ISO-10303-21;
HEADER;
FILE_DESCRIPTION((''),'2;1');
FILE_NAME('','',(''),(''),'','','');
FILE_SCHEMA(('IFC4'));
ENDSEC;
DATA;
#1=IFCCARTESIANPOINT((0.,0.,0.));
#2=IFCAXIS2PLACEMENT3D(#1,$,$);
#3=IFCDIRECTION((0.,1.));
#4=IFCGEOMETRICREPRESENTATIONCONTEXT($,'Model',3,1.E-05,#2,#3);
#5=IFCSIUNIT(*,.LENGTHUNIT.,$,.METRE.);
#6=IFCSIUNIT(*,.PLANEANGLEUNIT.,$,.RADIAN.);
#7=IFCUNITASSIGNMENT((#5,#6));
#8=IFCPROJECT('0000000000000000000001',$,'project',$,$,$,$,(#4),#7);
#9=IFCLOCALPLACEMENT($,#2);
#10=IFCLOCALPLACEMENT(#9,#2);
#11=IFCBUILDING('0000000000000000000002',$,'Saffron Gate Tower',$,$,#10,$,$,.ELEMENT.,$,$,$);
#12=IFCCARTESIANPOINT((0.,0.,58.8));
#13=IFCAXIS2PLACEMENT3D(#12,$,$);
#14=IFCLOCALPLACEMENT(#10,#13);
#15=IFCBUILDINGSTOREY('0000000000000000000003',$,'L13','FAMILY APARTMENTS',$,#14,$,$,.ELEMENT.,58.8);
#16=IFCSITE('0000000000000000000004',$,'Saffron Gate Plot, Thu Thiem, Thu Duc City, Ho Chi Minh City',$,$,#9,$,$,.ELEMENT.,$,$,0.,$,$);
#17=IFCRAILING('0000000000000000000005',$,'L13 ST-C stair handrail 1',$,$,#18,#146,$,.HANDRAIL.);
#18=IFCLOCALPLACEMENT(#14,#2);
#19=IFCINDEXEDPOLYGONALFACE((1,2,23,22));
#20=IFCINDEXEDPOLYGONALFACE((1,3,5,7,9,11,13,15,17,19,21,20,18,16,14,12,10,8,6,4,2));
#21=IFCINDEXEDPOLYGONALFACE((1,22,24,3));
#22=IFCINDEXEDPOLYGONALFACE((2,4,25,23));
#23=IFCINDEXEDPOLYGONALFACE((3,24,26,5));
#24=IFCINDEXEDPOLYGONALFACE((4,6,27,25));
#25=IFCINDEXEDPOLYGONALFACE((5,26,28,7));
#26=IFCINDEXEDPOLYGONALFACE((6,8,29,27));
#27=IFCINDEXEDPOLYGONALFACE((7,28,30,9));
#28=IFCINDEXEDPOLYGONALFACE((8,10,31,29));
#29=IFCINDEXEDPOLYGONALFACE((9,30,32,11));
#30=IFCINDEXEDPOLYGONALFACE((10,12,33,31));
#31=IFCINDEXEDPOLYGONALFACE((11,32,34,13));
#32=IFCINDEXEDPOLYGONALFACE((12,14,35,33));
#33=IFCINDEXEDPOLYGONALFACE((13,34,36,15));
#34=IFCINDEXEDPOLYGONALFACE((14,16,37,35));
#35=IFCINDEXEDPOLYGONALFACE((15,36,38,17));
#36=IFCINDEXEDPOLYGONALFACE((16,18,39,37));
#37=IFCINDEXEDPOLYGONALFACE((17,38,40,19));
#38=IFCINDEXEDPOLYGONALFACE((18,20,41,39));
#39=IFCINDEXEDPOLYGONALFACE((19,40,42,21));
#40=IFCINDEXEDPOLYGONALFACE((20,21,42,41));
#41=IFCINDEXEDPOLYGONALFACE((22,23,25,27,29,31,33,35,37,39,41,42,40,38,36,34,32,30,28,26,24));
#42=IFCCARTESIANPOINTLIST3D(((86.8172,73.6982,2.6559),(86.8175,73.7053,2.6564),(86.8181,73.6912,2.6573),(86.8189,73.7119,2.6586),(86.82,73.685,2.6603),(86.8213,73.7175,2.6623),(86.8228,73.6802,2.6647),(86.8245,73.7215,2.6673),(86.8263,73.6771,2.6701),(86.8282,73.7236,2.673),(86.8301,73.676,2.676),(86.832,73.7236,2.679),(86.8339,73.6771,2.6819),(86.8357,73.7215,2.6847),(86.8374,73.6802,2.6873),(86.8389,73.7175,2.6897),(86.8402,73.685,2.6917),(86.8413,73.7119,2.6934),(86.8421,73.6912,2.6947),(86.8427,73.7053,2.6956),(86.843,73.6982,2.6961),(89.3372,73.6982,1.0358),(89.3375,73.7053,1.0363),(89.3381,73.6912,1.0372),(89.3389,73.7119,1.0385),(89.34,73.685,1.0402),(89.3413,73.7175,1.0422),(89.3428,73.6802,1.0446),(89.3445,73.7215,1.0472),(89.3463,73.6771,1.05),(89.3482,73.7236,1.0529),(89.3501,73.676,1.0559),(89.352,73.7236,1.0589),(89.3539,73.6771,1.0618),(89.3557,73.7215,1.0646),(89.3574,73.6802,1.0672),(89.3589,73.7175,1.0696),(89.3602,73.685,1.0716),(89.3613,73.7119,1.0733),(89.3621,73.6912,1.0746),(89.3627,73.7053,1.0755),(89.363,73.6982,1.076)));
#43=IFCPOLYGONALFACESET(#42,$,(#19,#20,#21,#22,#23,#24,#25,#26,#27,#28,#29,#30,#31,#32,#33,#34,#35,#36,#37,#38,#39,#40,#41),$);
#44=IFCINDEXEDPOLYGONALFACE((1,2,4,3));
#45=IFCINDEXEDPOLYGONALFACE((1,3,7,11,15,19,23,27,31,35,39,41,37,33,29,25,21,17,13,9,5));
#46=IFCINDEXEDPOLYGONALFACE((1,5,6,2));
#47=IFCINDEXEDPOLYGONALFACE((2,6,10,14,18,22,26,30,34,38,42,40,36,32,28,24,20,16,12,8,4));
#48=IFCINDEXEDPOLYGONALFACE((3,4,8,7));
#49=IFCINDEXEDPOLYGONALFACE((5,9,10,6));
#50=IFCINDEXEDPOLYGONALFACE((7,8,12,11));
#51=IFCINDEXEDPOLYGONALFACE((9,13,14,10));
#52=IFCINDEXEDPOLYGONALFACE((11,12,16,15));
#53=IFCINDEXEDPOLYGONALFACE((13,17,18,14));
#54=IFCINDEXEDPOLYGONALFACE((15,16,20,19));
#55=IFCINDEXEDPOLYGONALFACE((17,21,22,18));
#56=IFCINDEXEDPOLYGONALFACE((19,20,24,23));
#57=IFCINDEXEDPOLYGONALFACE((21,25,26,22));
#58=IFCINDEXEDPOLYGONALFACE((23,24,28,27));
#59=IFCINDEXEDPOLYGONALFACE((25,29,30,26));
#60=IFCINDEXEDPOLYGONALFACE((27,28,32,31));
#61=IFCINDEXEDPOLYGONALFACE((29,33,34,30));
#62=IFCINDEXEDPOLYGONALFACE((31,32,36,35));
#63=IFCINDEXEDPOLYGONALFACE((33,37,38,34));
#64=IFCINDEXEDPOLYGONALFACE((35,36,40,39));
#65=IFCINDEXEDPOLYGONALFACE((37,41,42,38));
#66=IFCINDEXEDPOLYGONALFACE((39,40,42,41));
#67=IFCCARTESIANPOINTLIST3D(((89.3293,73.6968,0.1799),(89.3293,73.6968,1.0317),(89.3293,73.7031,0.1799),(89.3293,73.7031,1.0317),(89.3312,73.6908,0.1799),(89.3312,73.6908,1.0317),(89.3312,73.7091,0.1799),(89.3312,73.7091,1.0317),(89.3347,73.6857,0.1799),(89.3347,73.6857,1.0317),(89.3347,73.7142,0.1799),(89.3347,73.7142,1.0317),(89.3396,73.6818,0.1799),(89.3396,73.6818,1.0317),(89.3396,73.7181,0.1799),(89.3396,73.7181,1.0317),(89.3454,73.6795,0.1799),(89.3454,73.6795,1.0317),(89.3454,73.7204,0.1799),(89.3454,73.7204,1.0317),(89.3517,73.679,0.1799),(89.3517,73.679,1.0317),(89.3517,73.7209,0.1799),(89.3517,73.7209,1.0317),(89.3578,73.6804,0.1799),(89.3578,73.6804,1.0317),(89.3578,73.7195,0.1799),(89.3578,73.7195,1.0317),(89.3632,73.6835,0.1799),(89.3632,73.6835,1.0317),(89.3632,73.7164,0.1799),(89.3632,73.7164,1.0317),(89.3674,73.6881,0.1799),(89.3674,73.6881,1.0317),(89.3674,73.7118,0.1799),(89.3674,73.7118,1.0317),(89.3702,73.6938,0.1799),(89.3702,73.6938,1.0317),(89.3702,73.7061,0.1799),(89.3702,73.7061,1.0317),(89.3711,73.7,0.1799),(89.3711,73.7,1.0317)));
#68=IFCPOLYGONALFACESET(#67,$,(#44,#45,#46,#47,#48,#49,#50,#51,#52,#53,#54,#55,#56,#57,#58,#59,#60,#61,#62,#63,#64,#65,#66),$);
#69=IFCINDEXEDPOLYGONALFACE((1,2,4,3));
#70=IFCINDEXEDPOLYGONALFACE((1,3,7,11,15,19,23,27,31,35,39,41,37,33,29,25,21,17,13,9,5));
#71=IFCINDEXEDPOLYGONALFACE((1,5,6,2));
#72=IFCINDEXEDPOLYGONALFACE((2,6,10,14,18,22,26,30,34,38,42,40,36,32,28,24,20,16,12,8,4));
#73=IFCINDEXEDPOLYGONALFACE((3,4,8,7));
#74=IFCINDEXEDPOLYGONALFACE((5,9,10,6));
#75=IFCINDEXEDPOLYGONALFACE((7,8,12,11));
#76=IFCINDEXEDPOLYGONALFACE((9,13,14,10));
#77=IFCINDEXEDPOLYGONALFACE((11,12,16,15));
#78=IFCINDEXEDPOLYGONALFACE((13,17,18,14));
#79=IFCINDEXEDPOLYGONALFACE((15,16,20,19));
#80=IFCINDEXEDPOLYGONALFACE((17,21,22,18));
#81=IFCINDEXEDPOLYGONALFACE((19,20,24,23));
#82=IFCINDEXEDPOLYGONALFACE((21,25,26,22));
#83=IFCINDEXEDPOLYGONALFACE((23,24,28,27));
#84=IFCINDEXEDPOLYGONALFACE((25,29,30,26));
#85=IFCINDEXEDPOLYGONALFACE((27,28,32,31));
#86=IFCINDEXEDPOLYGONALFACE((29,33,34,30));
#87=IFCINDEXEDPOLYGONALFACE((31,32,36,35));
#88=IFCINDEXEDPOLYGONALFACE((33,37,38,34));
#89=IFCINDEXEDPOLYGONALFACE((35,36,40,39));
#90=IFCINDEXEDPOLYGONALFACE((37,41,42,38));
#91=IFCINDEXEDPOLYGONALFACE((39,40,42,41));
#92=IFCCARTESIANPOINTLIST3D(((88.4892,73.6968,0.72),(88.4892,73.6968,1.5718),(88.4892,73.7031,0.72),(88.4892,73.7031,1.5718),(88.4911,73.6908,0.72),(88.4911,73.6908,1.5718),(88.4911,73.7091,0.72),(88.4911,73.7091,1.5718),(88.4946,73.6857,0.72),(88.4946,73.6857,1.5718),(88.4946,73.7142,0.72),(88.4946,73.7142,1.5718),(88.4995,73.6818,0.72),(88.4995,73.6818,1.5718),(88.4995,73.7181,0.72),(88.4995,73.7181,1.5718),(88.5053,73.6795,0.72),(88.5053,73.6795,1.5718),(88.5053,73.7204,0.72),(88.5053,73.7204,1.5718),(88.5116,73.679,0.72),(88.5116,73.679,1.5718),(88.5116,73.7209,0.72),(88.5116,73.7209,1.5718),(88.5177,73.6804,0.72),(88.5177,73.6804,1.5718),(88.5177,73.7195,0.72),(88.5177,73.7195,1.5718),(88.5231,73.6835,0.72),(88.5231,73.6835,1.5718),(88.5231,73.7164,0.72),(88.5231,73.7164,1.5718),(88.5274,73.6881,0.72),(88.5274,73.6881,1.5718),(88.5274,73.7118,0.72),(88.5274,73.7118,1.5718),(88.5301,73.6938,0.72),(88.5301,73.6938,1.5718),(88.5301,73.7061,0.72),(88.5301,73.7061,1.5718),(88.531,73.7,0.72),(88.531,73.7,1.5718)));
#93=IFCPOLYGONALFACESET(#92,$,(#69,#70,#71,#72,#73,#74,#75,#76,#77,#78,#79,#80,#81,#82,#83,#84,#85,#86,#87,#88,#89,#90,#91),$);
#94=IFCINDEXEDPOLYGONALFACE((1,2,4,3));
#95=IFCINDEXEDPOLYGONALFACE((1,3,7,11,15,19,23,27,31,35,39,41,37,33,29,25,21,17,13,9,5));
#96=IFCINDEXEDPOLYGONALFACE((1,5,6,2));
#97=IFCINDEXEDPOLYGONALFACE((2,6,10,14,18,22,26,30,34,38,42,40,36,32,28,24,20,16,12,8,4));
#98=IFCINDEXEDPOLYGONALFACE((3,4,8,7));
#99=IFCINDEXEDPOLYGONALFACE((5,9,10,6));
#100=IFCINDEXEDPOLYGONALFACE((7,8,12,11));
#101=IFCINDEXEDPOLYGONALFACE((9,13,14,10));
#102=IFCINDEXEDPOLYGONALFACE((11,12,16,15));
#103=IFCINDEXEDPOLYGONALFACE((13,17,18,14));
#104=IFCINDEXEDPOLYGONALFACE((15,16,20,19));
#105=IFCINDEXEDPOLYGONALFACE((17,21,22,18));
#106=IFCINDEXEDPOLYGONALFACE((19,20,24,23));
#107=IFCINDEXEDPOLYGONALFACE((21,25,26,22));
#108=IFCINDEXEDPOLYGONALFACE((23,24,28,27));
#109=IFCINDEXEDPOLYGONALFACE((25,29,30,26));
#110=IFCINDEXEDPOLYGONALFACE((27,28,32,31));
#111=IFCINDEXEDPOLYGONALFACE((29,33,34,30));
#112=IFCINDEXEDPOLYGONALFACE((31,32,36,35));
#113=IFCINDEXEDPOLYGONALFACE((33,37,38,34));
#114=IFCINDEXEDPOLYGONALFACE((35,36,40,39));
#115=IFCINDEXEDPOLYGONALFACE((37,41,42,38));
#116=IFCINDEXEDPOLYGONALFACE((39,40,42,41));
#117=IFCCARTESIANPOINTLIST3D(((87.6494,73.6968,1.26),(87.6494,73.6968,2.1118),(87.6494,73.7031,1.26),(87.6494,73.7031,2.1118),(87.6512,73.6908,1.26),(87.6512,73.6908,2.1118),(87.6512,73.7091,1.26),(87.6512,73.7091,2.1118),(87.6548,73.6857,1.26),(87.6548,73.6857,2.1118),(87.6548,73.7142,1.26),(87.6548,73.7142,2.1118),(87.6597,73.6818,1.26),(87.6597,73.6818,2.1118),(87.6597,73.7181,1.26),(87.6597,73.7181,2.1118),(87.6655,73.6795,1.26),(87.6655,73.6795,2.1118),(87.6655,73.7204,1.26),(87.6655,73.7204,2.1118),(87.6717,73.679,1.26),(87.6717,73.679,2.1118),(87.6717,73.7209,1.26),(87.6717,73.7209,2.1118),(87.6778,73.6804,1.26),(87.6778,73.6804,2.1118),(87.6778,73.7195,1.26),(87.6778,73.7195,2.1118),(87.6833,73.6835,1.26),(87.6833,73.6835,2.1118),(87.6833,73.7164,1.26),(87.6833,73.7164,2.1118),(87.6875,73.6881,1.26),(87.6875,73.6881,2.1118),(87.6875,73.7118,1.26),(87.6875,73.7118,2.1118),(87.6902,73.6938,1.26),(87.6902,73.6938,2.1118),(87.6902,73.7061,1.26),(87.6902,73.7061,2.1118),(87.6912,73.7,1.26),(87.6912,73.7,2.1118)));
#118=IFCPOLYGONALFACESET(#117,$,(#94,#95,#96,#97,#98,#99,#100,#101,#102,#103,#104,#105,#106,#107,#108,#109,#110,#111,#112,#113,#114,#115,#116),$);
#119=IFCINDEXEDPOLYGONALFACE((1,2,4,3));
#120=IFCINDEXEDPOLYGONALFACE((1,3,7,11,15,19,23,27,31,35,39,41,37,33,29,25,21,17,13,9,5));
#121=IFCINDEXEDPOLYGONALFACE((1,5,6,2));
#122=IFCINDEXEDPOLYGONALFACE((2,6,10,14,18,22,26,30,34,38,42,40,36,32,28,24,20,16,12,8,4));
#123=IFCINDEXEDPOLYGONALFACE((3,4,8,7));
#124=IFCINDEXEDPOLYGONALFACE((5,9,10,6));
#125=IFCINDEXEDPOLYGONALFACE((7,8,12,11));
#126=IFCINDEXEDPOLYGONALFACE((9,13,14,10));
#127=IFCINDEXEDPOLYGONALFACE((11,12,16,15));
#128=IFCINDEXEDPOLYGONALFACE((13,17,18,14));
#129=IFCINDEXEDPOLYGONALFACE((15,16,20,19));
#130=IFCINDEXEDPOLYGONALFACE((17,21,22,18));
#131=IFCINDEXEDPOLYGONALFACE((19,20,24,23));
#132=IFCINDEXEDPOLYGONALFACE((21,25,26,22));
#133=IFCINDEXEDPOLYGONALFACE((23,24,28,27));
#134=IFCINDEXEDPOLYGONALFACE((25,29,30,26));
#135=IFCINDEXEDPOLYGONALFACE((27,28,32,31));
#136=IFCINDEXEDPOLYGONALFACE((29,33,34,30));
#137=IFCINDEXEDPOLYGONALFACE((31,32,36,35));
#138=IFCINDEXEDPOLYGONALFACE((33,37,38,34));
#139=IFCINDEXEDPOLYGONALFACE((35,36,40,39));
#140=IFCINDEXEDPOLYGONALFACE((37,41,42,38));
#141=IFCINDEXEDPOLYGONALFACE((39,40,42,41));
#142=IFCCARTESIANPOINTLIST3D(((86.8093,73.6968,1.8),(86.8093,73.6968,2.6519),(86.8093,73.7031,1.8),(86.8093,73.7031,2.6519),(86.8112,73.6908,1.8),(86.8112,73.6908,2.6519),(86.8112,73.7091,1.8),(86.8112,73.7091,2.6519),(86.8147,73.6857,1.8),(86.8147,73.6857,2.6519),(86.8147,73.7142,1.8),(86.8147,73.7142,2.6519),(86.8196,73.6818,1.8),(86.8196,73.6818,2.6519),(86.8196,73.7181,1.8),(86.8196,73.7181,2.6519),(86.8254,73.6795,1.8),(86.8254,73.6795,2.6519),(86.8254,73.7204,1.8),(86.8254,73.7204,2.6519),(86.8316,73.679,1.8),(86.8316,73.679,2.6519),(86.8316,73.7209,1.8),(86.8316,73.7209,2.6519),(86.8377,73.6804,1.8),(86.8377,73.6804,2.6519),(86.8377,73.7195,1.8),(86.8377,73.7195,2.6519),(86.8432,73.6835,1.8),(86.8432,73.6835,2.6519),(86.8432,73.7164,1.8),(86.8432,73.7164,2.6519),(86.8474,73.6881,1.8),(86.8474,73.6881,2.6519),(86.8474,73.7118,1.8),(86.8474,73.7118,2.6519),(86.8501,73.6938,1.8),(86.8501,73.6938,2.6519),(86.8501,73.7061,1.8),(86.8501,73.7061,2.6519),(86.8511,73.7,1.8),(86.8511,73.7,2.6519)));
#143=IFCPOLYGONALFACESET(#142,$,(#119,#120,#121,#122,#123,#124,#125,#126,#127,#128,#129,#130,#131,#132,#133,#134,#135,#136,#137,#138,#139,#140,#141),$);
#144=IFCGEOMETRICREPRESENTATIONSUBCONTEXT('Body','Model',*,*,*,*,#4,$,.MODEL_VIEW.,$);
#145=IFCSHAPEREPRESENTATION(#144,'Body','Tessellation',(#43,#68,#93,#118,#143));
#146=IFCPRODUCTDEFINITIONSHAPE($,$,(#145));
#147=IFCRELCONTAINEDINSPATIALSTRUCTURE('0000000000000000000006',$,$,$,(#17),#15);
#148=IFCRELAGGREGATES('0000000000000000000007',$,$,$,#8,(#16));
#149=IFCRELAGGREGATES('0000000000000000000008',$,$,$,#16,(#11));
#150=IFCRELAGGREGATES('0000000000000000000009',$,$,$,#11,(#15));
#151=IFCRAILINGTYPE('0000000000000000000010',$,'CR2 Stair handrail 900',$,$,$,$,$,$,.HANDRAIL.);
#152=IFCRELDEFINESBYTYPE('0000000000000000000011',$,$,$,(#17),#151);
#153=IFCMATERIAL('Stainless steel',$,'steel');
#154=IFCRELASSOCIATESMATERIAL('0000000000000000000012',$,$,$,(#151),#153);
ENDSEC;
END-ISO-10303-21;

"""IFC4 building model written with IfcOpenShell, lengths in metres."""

from ifc_helpers import new_model, si_unit, direction, frame, origin, origin_2d, place, context, subcontext, project, spatial, circle, extrude, material, type_object, element, save


model = new_model("IFC4")

# Units and contexts
model_context = context("Model", 3, precision=1e-05, world=origin(), true_north=direction((0.0, 1.0)))
body_context = subcontext(model_context, "Body", "Model", "MODEL_VIEW")
ifc_project = project(units=[si_unit("LENGTHUNIT", "METRE"), si_unit("PLANEANGLEUNIT", "RADIAN")], contexts=[model_context])

# Site, building, storey
site_placement = place(None, origin())
site = spatial("IfcSite", under=ifc_project, at=site_placement, Name="Saffron Gate Plot, Thu Thiem, Thu Duc City, Ho Chi Minh City", CompositionType="ELEMENT", RefElevation=0.0)
building_placement = place(site_placement, origin())
building = spatial("IfcBuilding", under=site, at=building_placement, Name="Saffron Gate Tower", CompositionType="ELEMENT")
storey_placement = place(building_placement, frame((0.0, 0.0, 58.8)))
storey = spatial("IfcBuildingStorey", under=building, at=storey_placement, Name="L13", Description="FAMILY APARTMENTS", CompositionType="ELEMENT", Elevation=58.8)

# Railing
ifc_material_1 = material(Name="Stainless steel", Category="steel")
railing_type_1 = type_object("IfcRailingType", Name="CR2 Stair handrail 900", PredefinedType="HANDRAIL", material=ifc_material_1)
railing_1_placement = place(storey_placement, frame((89.3501, 73.7, 0.1799)))
element("IfcRailing", 1, at=railing_1_placement, inside=storey, type_object=railing_type_1, Name="L13 ST-C stair handrail 1", PredefinedType="HANDRAIL", context=body_context, shape_type="SweptSolid", body=[
    extrude(circle(Radius=0.0239, at=origin_2d()), frame((0.0, 0.0, 0.876), z_axis=(-0.841163, 0.0, 0.540782), x_axis=(0.0, -1.0, 0.0)), (0.0, 0.0, 1.0), 2.9958),
    extrude(circle(Radius=0.021, at=origin_2d()), origin(), (0.0, 0.0, 1.0), 0.8518),
    extrude(circle(Radius=0.021, at=origin_2d()), frame((-0.8401, 0.0, 0.54)), (0.0, 0.0, 1.0), 0.8518),
    extrude(circle(Radius=0.021, at=origin_2d()), frame((-1.6799, 0.0, 1.0801)), (0.0, 0.0, 1.0), 0.8518),
    extrude(circle(Radius=0.021, at=origin_2d()), frame((-2.52, 0.0, 1.6201)), (0.0, 0.0, 1.0), 0.8518),
])

save(model, "model.ifc")
